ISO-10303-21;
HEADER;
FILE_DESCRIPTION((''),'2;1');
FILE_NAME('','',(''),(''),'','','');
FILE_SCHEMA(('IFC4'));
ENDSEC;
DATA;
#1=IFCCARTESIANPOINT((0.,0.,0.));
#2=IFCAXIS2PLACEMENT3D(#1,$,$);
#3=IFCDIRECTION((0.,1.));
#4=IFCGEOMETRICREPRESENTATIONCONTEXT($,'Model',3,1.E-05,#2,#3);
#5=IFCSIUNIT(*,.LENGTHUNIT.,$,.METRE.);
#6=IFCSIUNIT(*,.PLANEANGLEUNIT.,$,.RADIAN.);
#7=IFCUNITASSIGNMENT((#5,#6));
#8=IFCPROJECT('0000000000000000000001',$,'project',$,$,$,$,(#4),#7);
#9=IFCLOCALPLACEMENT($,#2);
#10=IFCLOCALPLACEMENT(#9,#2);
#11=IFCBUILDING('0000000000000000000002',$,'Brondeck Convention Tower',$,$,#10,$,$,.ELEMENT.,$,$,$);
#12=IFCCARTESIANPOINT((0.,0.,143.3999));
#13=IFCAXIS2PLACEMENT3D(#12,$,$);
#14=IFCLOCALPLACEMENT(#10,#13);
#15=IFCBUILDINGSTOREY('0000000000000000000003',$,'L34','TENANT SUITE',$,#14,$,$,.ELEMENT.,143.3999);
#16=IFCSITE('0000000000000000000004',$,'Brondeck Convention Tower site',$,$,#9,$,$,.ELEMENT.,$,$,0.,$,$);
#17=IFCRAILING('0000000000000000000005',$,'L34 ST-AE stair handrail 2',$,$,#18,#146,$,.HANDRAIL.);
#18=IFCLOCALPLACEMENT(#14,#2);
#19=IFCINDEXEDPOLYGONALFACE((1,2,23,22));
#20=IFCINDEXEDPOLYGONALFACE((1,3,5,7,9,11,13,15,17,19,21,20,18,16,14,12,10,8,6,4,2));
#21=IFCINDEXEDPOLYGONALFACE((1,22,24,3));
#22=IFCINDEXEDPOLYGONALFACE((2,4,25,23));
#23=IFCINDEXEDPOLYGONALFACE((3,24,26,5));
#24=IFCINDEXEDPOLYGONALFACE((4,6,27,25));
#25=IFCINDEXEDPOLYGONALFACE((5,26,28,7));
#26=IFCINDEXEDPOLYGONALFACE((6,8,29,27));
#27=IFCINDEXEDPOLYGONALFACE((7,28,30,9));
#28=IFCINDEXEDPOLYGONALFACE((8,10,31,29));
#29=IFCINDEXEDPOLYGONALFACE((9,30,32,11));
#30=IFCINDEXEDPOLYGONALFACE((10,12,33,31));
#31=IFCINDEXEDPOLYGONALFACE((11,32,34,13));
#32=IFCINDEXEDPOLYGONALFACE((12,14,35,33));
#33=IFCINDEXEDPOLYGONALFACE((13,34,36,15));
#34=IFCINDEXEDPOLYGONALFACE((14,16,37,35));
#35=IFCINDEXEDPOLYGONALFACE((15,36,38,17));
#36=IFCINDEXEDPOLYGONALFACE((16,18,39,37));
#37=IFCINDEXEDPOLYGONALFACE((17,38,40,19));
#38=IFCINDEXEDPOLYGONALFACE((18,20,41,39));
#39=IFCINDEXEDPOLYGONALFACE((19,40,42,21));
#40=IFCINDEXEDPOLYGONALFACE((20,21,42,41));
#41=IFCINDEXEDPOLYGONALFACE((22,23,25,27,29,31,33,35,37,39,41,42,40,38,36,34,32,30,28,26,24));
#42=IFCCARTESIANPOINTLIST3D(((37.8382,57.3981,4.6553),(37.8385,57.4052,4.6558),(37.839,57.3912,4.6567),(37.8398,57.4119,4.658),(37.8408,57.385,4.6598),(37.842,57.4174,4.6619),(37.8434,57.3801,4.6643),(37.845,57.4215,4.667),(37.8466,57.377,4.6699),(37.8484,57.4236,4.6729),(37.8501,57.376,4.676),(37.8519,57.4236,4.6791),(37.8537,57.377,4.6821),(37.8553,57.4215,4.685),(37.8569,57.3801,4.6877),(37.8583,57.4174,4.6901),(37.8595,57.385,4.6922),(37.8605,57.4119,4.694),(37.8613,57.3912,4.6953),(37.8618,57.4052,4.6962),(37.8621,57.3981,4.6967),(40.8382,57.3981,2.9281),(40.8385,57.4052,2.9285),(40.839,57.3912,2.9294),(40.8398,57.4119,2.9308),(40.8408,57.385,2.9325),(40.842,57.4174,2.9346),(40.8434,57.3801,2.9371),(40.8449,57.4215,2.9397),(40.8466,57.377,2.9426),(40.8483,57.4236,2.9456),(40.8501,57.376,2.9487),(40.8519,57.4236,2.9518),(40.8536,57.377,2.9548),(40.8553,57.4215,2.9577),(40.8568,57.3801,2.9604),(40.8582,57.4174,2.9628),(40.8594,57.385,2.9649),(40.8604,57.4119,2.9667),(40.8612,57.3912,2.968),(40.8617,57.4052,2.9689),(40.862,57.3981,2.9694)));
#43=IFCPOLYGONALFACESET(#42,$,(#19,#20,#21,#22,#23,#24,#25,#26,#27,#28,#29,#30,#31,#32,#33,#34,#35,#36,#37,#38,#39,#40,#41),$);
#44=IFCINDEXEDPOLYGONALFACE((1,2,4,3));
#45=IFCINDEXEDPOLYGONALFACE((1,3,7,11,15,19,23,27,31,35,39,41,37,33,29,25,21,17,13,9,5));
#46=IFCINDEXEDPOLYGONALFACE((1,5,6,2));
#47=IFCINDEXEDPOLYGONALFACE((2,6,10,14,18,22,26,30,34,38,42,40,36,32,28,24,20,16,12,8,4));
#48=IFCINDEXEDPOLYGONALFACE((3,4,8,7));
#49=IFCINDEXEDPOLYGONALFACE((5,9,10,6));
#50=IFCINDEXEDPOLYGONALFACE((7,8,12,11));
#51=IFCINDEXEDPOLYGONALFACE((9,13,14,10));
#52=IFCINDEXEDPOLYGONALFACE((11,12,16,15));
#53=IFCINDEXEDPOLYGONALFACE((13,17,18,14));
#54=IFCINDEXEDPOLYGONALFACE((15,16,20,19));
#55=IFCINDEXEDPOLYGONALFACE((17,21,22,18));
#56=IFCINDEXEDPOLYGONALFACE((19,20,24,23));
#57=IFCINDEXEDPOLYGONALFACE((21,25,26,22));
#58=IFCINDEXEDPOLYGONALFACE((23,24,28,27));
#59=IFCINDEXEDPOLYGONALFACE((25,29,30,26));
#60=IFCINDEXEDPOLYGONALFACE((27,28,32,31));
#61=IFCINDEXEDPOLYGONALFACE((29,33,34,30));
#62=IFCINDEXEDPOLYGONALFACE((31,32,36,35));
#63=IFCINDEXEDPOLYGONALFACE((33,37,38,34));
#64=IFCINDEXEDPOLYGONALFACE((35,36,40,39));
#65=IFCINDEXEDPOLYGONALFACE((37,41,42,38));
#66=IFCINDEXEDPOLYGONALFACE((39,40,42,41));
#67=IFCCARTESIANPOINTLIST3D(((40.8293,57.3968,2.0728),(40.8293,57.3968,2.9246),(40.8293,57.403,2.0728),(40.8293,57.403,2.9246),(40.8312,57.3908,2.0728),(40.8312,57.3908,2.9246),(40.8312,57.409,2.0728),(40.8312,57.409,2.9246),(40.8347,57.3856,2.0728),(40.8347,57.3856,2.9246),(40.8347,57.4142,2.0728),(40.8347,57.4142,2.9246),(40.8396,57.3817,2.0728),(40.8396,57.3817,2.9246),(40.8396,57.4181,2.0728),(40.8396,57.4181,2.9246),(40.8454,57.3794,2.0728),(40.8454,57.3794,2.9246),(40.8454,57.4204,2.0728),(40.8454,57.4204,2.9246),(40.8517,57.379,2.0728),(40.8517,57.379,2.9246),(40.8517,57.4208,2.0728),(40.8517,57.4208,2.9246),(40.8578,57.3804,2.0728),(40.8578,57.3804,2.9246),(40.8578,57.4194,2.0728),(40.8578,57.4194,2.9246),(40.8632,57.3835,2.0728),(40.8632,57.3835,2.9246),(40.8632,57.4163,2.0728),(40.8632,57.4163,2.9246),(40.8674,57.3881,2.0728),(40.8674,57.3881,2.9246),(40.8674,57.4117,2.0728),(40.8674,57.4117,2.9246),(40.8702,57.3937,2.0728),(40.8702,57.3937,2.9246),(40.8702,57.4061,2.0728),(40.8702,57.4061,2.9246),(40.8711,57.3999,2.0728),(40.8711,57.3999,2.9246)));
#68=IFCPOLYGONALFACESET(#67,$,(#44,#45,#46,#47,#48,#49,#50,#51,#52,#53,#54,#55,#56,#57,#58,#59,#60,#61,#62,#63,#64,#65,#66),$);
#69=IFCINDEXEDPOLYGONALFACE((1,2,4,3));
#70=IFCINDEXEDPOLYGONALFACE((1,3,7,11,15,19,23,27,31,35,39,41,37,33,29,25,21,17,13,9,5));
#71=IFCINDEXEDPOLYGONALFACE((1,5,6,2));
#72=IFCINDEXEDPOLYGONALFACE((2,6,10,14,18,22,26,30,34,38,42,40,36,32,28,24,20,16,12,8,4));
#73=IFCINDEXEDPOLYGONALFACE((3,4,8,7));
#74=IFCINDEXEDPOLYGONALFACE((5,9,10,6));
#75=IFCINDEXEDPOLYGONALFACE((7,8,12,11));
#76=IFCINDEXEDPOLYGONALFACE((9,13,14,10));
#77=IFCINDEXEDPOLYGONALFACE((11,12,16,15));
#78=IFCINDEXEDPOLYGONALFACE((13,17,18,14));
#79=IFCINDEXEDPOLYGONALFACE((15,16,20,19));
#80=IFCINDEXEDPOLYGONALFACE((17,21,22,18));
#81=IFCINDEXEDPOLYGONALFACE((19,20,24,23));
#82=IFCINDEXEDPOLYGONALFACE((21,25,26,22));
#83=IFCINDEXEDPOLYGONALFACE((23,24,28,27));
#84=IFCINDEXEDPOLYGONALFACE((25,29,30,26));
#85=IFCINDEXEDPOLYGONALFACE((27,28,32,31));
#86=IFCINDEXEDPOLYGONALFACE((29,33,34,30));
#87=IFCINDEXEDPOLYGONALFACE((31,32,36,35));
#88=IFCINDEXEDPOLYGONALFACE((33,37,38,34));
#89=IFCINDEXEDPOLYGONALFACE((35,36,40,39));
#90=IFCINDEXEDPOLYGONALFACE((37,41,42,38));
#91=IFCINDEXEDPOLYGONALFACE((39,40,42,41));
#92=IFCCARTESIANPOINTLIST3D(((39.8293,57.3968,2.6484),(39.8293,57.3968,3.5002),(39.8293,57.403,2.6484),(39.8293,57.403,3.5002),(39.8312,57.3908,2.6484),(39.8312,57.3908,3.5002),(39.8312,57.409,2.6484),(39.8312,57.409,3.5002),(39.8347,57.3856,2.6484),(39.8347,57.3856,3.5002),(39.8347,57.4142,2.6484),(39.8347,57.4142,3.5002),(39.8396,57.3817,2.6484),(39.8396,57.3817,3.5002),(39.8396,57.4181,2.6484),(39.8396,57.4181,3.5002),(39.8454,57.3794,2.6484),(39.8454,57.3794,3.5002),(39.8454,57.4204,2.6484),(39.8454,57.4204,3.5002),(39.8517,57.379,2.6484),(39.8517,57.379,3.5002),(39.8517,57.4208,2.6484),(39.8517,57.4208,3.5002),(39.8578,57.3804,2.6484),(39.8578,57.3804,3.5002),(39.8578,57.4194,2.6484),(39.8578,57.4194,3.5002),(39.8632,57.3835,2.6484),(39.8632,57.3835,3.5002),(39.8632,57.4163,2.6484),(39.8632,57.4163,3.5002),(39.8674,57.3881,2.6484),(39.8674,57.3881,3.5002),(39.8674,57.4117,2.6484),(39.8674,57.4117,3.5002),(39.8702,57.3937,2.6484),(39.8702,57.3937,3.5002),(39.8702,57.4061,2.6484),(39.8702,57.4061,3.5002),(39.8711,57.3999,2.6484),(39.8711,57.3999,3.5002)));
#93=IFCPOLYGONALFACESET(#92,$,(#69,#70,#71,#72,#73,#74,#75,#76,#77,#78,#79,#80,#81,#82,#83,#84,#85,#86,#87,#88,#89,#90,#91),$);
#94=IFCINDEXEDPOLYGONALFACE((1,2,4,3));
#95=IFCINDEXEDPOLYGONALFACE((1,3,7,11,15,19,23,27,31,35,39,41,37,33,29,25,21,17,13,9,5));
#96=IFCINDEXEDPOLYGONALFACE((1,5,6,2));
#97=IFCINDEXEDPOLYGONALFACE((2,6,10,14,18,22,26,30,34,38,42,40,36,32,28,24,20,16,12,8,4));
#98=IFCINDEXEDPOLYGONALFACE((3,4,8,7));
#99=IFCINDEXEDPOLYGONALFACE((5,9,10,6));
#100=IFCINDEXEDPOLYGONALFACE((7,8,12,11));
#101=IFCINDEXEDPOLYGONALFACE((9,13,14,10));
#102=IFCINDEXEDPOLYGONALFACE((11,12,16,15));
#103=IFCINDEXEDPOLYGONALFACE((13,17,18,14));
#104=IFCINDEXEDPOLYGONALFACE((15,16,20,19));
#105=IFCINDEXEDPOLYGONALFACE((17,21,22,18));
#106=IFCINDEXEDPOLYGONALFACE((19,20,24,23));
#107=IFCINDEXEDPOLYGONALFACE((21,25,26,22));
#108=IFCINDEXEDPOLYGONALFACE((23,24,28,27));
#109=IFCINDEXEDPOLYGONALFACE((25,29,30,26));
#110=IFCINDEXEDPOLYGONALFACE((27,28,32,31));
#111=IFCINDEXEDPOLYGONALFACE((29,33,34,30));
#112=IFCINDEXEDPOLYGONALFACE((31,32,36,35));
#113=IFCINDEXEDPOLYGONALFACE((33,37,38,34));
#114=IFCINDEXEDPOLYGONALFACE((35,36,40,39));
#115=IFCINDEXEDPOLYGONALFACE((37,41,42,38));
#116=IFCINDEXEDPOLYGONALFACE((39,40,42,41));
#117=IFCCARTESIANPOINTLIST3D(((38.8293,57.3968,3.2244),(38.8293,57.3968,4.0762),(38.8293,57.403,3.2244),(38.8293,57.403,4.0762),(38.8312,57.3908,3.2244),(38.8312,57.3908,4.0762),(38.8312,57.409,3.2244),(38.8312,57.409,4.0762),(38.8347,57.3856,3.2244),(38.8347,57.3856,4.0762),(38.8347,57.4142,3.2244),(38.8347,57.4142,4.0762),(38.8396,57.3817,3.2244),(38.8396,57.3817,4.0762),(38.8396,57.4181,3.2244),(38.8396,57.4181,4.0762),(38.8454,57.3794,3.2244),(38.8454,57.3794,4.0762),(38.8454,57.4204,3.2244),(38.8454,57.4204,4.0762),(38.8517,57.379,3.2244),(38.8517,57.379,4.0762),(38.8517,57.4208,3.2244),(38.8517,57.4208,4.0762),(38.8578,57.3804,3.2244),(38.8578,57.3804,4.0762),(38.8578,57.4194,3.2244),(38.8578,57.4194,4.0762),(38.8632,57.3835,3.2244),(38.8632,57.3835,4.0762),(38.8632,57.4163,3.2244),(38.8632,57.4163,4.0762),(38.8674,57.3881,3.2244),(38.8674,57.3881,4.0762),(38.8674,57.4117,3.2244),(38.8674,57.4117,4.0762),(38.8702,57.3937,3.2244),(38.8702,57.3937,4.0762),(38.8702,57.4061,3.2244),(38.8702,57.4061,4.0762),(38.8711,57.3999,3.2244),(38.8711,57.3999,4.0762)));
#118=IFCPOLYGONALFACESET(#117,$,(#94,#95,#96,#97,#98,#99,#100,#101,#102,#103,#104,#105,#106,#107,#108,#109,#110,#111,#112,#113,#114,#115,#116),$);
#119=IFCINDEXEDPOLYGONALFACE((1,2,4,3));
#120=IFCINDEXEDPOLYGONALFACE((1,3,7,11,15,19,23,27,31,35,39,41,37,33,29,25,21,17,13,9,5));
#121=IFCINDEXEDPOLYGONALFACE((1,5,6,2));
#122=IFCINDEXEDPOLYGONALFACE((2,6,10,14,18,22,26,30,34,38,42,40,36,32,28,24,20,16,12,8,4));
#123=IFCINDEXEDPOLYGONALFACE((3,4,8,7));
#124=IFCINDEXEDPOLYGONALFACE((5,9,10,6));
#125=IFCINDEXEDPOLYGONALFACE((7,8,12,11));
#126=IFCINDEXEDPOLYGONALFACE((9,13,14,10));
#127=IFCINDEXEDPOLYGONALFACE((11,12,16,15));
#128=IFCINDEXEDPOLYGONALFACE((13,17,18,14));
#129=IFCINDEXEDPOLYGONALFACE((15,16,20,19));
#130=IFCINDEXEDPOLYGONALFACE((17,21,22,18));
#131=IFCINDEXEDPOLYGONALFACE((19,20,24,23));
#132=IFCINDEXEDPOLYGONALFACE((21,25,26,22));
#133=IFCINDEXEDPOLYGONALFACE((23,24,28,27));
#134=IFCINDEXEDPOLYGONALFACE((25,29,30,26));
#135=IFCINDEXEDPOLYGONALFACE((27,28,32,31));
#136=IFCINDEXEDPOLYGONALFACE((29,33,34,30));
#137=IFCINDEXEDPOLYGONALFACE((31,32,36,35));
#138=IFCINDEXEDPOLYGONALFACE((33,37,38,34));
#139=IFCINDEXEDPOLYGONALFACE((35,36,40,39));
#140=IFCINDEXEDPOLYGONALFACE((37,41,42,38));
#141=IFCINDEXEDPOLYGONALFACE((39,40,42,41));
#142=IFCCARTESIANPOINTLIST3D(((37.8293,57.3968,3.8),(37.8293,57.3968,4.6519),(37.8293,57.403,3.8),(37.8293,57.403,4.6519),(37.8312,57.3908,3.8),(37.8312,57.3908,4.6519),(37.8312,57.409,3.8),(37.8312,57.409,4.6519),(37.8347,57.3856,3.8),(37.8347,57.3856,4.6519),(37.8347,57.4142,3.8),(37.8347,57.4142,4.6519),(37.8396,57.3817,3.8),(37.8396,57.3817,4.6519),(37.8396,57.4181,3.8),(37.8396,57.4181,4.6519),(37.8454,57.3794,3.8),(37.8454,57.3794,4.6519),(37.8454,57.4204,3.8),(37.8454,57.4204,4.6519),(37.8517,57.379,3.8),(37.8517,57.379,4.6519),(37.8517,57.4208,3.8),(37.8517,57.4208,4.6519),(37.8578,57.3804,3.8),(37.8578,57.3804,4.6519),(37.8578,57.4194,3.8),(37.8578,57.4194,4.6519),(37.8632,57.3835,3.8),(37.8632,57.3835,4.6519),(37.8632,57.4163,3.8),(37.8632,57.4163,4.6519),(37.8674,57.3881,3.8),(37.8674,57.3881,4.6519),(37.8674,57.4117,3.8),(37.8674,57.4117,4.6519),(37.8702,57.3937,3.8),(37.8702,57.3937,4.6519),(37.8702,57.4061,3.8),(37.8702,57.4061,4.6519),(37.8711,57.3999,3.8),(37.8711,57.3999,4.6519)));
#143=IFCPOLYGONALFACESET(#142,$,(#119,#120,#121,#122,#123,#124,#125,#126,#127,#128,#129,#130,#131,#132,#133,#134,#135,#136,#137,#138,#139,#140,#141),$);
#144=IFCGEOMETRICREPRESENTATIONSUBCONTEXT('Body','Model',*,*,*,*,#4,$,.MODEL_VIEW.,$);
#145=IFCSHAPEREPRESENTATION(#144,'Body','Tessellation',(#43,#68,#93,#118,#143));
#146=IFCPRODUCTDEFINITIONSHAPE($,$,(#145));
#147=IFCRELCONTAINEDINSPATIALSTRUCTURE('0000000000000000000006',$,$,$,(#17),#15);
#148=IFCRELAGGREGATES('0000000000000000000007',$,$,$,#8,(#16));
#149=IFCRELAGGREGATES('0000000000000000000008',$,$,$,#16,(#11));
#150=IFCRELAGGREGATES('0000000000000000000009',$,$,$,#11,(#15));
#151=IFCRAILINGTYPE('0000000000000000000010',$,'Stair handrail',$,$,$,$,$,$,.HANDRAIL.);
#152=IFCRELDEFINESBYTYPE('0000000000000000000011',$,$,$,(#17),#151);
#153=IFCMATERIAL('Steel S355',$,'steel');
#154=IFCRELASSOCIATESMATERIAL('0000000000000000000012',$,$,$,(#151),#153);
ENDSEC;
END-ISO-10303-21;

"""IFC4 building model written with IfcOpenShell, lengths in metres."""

from ifc_helpers import new_model, si_unit, direction, frame, origin, origin_2d, place, context, subcontext, project, spatial, circle, extrude, material, type_object, element, save


model = new_model("IFC4")

# Units and contexts
model_context = context("Model", 3, precision=1e-05, world=origin(), true_north=direction((0.0, 1.0)))
body_context = subcontext(model_context, "Body", "Model", "MODEL_VIEW")
ifc_project = project(units=[si_unit("LENGTHUNIT", "METRE"), si_unit("PLANEANGLEUNIT", "RADIAN")], contexts=[model_context])

# Site, building, storey
site_placement = place(None, origin())
site = spatial("IfcSite", under=ifc_project, at=site_placement, Name="Brondeck Convention Tower site", CompositionType="ELEMENT", RefElevation=0.0)
building_placement = place(site_placement, origin())
building = spatial("IfcBuilding", under=site, at=building_placement, Name="Brondeck Convention Tower", CompositionType="ELEMENT")
storey_placement = place(building_placement, frame((0.0, 0.0, 143.3999)))
storey = spatial("IfcBuildingStorey", under=building, at=storey_placement, Name="L34", Description="TENANT SUITE", CompositionType="ELEMENT", Elevation=143.3999)

# Shared definitions
ifc_material_1 = material(Name="Steel S355", Category="steel")

# Railing
railing_type_1 = type_object("IfcRailingType", Name="Stair handrail", PredefinedType="HANDRAIL", material=ifc_material_1)
railing_1_placement = place(storey_placement, frame((40.8501, 57.3999, 2.0728)))
element("IfcRailing", 1, at=railing_1_placement, inside=storey, type_object=railing_type_1, Name="L34 ST-AE stair handrail 2", PredefinedType="HANDRAIL", context=body_context, shape_type="SweptSolid", body=[
    extrude(circle(Radius=0.0239, at=origin_2d()), frame((0.0, 0.0, 0.876), z_axis=(-0.86662, 0.0, 0.498969), x_axis=(0.0, -1.0, 0.0)), (0.0, 0.0, 1.0), 3.4617),
    extrude(circle(Radius=0.021, at=origin_2d()), origin(), (0.0, 0.0, 1.0), 0.8518),
    extrude(circle(Radius=0.021, at=origin_2d()), frame((-1.0, 0.0, 0.5757)), (0.0, 0.0, 1.0), 0.8518),
    extrude(circle(Radius=0.021, at=origin_2d()), frame((-2.0, 0.0, 1.1516)), (0.0, 0.0, 1.0), 0.8518),
    extrude(circle(Radius=0.021, at=origin_2d()), frame((-3.0, 0.0, 1.7273)), (0.0, 0.0, 1.0), 0.8518),
])

save(model, "model.ifc")
